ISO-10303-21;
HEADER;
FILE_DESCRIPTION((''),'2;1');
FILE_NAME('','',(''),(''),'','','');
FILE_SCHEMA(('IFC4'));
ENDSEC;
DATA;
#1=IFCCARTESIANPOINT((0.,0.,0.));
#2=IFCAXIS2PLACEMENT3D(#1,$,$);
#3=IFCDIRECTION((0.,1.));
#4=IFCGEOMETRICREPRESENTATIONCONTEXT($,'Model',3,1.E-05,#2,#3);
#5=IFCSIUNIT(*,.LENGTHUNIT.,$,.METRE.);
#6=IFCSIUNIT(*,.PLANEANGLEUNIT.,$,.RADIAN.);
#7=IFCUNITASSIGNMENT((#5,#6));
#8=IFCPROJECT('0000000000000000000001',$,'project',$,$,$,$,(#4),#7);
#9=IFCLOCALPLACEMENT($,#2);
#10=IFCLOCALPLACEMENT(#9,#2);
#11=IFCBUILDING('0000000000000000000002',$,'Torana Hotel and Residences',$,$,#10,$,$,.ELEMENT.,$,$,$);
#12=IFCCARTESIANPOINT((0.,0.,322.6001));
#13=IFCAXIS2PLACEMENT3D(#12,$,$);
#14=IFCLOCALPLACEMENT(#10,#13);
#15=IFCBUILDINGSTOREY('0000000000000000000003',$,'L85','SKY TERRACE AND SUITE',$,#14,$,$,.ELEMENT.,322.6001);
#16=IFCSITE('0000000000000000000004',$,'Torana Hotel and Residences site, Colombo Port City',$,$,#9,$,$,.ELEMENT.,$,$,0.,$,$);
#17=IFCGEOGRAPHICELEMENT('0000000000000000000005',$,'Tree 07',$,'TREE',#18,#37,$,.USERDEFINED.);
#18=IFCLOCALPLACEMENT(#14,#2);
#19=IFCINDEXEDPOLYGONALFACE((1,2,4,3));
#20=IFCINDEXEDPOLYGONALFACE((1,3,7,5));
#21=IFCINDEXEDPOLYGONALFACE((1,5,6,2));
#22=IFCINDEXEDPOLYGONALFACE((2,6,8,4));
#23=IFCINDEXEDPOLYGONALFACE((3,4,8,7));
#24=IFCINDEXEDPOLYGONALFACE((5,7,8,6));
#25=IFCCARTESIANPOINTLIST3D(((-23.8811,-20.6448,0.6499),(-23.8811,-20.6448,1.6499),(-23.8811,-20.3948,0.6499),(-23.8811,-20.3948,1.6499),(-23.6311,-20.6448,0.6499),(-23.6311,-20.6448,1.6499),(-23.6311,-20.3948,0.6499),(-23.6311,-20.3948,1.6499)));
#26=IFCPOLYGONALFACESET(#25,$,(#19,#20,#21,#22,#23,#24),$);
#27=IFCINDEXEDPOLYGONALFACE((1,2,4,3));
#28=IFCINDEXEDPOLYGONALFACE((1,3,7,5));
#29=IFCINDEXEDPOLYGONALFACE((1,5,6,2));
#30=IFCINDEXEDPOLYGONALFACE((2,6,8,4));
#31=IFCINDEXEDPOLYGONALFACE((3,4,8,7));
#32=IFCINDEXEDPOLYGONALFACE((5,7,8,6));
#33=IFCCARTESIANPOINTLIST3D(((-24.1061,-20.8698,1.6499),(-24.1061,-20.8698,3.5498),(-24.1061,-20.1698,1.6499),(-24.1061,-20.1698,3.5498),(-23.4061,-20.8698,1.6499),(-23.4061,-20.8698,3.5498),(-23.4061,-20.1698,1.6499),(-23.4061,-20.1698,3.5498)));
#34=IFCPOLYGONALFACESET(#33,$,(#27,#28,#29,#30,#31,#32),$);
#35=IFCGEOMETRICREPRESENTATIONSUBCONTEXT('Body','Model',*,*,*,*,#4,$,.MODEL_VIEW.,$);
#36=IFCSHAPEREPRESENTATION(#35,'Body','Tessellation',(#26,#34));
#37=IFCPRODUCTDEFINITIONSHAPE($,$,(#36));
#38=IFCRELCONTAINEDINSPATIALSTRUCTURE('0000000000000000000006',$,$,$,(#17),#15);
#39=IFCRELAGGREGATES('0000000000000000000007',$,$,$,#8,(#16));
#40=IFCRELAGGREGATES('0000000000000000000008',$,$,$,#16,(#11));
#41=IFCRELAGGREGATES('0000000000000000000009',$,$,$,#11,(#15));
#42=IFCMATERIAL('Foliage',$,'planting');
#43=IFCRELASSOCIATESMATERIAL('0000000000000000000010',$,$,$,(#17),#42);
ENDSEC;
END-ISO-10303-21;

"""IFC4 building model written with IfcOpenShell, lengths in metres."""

from ifc_helpers import new_model, si_unit, direction, frame, origin, origin_2d, place, context, subcontext, project, spatial, rectangle, extrude, material, element, save


model = new_model("IFC4")

# Units and contexts
model_context = context("Model", 3, precision=1e-05, world=origin(), true_north=direction((0.0, 1.0)))
body_context = subcontext(model_context, "Body", "Model", "MODEL_VIEW")
ifc_project = project(units=[si_unit("LENGTHUNIT", "METRE"), si_unit("PLANEANGLEUNIT", "RADIAN")], contexts=[model_context])

# Site, building, storey
site_placement = place(None, origin())
site = spatial("IfcSite", under=ifc_project, at=site_placement, Name="Torana Hotel and Residences site, Colombo Port City", CompositionType="ELEMENT", RefElevation=0.0)
building_placement = place(site_placement, origin())
building = spatial("IfcBuilding", under=site, at=building_placement, Name="Torana Hotel and Residences", CompositionType="ELEMENT")
storey_placement = place(building_placement, frame((0.0, 0.0, 322.6001)))
storey = spatial("IfcBuildingStorey", under=building, at=storey_placement, Name="L85", Description="SKY TERRACE AND SUITE", CompositionType="ELEMENT", Elevation=322.6001)

# Geographic element
ifc_material_1 = material(Name="Foliage", Category="planting")
geographic_element_placement = place(storey_placement, frame((-23.7561, -20.5198, 0.6499), z_axis=(0.0, 0.0, 1.0), x_axis=(1.0, 0.0, 0.0)))
element("IfcGeographicElement", 1, at=geographic_element_placement, inside=storey, material=ifc_material_1, Name="Tree 07", ObjectType="TREE", PredefinedType="USERDEFINED", context=body_context, shape_type="SweptSolid", body=[
    extrude(rectangle(XDim=0.25, YDim=0.25, at=origin_2d()), origin(), (0.0, 0.0, 1.0), 1.0),
    extrude(rectangle(XDim=0.7, YDim=0.7, at=origin_2d()), frame((0.0, 0.0, 1.0)), (0.0, 0.0, 1.0), 1.8999),
])

save(model, "model.ifc")
